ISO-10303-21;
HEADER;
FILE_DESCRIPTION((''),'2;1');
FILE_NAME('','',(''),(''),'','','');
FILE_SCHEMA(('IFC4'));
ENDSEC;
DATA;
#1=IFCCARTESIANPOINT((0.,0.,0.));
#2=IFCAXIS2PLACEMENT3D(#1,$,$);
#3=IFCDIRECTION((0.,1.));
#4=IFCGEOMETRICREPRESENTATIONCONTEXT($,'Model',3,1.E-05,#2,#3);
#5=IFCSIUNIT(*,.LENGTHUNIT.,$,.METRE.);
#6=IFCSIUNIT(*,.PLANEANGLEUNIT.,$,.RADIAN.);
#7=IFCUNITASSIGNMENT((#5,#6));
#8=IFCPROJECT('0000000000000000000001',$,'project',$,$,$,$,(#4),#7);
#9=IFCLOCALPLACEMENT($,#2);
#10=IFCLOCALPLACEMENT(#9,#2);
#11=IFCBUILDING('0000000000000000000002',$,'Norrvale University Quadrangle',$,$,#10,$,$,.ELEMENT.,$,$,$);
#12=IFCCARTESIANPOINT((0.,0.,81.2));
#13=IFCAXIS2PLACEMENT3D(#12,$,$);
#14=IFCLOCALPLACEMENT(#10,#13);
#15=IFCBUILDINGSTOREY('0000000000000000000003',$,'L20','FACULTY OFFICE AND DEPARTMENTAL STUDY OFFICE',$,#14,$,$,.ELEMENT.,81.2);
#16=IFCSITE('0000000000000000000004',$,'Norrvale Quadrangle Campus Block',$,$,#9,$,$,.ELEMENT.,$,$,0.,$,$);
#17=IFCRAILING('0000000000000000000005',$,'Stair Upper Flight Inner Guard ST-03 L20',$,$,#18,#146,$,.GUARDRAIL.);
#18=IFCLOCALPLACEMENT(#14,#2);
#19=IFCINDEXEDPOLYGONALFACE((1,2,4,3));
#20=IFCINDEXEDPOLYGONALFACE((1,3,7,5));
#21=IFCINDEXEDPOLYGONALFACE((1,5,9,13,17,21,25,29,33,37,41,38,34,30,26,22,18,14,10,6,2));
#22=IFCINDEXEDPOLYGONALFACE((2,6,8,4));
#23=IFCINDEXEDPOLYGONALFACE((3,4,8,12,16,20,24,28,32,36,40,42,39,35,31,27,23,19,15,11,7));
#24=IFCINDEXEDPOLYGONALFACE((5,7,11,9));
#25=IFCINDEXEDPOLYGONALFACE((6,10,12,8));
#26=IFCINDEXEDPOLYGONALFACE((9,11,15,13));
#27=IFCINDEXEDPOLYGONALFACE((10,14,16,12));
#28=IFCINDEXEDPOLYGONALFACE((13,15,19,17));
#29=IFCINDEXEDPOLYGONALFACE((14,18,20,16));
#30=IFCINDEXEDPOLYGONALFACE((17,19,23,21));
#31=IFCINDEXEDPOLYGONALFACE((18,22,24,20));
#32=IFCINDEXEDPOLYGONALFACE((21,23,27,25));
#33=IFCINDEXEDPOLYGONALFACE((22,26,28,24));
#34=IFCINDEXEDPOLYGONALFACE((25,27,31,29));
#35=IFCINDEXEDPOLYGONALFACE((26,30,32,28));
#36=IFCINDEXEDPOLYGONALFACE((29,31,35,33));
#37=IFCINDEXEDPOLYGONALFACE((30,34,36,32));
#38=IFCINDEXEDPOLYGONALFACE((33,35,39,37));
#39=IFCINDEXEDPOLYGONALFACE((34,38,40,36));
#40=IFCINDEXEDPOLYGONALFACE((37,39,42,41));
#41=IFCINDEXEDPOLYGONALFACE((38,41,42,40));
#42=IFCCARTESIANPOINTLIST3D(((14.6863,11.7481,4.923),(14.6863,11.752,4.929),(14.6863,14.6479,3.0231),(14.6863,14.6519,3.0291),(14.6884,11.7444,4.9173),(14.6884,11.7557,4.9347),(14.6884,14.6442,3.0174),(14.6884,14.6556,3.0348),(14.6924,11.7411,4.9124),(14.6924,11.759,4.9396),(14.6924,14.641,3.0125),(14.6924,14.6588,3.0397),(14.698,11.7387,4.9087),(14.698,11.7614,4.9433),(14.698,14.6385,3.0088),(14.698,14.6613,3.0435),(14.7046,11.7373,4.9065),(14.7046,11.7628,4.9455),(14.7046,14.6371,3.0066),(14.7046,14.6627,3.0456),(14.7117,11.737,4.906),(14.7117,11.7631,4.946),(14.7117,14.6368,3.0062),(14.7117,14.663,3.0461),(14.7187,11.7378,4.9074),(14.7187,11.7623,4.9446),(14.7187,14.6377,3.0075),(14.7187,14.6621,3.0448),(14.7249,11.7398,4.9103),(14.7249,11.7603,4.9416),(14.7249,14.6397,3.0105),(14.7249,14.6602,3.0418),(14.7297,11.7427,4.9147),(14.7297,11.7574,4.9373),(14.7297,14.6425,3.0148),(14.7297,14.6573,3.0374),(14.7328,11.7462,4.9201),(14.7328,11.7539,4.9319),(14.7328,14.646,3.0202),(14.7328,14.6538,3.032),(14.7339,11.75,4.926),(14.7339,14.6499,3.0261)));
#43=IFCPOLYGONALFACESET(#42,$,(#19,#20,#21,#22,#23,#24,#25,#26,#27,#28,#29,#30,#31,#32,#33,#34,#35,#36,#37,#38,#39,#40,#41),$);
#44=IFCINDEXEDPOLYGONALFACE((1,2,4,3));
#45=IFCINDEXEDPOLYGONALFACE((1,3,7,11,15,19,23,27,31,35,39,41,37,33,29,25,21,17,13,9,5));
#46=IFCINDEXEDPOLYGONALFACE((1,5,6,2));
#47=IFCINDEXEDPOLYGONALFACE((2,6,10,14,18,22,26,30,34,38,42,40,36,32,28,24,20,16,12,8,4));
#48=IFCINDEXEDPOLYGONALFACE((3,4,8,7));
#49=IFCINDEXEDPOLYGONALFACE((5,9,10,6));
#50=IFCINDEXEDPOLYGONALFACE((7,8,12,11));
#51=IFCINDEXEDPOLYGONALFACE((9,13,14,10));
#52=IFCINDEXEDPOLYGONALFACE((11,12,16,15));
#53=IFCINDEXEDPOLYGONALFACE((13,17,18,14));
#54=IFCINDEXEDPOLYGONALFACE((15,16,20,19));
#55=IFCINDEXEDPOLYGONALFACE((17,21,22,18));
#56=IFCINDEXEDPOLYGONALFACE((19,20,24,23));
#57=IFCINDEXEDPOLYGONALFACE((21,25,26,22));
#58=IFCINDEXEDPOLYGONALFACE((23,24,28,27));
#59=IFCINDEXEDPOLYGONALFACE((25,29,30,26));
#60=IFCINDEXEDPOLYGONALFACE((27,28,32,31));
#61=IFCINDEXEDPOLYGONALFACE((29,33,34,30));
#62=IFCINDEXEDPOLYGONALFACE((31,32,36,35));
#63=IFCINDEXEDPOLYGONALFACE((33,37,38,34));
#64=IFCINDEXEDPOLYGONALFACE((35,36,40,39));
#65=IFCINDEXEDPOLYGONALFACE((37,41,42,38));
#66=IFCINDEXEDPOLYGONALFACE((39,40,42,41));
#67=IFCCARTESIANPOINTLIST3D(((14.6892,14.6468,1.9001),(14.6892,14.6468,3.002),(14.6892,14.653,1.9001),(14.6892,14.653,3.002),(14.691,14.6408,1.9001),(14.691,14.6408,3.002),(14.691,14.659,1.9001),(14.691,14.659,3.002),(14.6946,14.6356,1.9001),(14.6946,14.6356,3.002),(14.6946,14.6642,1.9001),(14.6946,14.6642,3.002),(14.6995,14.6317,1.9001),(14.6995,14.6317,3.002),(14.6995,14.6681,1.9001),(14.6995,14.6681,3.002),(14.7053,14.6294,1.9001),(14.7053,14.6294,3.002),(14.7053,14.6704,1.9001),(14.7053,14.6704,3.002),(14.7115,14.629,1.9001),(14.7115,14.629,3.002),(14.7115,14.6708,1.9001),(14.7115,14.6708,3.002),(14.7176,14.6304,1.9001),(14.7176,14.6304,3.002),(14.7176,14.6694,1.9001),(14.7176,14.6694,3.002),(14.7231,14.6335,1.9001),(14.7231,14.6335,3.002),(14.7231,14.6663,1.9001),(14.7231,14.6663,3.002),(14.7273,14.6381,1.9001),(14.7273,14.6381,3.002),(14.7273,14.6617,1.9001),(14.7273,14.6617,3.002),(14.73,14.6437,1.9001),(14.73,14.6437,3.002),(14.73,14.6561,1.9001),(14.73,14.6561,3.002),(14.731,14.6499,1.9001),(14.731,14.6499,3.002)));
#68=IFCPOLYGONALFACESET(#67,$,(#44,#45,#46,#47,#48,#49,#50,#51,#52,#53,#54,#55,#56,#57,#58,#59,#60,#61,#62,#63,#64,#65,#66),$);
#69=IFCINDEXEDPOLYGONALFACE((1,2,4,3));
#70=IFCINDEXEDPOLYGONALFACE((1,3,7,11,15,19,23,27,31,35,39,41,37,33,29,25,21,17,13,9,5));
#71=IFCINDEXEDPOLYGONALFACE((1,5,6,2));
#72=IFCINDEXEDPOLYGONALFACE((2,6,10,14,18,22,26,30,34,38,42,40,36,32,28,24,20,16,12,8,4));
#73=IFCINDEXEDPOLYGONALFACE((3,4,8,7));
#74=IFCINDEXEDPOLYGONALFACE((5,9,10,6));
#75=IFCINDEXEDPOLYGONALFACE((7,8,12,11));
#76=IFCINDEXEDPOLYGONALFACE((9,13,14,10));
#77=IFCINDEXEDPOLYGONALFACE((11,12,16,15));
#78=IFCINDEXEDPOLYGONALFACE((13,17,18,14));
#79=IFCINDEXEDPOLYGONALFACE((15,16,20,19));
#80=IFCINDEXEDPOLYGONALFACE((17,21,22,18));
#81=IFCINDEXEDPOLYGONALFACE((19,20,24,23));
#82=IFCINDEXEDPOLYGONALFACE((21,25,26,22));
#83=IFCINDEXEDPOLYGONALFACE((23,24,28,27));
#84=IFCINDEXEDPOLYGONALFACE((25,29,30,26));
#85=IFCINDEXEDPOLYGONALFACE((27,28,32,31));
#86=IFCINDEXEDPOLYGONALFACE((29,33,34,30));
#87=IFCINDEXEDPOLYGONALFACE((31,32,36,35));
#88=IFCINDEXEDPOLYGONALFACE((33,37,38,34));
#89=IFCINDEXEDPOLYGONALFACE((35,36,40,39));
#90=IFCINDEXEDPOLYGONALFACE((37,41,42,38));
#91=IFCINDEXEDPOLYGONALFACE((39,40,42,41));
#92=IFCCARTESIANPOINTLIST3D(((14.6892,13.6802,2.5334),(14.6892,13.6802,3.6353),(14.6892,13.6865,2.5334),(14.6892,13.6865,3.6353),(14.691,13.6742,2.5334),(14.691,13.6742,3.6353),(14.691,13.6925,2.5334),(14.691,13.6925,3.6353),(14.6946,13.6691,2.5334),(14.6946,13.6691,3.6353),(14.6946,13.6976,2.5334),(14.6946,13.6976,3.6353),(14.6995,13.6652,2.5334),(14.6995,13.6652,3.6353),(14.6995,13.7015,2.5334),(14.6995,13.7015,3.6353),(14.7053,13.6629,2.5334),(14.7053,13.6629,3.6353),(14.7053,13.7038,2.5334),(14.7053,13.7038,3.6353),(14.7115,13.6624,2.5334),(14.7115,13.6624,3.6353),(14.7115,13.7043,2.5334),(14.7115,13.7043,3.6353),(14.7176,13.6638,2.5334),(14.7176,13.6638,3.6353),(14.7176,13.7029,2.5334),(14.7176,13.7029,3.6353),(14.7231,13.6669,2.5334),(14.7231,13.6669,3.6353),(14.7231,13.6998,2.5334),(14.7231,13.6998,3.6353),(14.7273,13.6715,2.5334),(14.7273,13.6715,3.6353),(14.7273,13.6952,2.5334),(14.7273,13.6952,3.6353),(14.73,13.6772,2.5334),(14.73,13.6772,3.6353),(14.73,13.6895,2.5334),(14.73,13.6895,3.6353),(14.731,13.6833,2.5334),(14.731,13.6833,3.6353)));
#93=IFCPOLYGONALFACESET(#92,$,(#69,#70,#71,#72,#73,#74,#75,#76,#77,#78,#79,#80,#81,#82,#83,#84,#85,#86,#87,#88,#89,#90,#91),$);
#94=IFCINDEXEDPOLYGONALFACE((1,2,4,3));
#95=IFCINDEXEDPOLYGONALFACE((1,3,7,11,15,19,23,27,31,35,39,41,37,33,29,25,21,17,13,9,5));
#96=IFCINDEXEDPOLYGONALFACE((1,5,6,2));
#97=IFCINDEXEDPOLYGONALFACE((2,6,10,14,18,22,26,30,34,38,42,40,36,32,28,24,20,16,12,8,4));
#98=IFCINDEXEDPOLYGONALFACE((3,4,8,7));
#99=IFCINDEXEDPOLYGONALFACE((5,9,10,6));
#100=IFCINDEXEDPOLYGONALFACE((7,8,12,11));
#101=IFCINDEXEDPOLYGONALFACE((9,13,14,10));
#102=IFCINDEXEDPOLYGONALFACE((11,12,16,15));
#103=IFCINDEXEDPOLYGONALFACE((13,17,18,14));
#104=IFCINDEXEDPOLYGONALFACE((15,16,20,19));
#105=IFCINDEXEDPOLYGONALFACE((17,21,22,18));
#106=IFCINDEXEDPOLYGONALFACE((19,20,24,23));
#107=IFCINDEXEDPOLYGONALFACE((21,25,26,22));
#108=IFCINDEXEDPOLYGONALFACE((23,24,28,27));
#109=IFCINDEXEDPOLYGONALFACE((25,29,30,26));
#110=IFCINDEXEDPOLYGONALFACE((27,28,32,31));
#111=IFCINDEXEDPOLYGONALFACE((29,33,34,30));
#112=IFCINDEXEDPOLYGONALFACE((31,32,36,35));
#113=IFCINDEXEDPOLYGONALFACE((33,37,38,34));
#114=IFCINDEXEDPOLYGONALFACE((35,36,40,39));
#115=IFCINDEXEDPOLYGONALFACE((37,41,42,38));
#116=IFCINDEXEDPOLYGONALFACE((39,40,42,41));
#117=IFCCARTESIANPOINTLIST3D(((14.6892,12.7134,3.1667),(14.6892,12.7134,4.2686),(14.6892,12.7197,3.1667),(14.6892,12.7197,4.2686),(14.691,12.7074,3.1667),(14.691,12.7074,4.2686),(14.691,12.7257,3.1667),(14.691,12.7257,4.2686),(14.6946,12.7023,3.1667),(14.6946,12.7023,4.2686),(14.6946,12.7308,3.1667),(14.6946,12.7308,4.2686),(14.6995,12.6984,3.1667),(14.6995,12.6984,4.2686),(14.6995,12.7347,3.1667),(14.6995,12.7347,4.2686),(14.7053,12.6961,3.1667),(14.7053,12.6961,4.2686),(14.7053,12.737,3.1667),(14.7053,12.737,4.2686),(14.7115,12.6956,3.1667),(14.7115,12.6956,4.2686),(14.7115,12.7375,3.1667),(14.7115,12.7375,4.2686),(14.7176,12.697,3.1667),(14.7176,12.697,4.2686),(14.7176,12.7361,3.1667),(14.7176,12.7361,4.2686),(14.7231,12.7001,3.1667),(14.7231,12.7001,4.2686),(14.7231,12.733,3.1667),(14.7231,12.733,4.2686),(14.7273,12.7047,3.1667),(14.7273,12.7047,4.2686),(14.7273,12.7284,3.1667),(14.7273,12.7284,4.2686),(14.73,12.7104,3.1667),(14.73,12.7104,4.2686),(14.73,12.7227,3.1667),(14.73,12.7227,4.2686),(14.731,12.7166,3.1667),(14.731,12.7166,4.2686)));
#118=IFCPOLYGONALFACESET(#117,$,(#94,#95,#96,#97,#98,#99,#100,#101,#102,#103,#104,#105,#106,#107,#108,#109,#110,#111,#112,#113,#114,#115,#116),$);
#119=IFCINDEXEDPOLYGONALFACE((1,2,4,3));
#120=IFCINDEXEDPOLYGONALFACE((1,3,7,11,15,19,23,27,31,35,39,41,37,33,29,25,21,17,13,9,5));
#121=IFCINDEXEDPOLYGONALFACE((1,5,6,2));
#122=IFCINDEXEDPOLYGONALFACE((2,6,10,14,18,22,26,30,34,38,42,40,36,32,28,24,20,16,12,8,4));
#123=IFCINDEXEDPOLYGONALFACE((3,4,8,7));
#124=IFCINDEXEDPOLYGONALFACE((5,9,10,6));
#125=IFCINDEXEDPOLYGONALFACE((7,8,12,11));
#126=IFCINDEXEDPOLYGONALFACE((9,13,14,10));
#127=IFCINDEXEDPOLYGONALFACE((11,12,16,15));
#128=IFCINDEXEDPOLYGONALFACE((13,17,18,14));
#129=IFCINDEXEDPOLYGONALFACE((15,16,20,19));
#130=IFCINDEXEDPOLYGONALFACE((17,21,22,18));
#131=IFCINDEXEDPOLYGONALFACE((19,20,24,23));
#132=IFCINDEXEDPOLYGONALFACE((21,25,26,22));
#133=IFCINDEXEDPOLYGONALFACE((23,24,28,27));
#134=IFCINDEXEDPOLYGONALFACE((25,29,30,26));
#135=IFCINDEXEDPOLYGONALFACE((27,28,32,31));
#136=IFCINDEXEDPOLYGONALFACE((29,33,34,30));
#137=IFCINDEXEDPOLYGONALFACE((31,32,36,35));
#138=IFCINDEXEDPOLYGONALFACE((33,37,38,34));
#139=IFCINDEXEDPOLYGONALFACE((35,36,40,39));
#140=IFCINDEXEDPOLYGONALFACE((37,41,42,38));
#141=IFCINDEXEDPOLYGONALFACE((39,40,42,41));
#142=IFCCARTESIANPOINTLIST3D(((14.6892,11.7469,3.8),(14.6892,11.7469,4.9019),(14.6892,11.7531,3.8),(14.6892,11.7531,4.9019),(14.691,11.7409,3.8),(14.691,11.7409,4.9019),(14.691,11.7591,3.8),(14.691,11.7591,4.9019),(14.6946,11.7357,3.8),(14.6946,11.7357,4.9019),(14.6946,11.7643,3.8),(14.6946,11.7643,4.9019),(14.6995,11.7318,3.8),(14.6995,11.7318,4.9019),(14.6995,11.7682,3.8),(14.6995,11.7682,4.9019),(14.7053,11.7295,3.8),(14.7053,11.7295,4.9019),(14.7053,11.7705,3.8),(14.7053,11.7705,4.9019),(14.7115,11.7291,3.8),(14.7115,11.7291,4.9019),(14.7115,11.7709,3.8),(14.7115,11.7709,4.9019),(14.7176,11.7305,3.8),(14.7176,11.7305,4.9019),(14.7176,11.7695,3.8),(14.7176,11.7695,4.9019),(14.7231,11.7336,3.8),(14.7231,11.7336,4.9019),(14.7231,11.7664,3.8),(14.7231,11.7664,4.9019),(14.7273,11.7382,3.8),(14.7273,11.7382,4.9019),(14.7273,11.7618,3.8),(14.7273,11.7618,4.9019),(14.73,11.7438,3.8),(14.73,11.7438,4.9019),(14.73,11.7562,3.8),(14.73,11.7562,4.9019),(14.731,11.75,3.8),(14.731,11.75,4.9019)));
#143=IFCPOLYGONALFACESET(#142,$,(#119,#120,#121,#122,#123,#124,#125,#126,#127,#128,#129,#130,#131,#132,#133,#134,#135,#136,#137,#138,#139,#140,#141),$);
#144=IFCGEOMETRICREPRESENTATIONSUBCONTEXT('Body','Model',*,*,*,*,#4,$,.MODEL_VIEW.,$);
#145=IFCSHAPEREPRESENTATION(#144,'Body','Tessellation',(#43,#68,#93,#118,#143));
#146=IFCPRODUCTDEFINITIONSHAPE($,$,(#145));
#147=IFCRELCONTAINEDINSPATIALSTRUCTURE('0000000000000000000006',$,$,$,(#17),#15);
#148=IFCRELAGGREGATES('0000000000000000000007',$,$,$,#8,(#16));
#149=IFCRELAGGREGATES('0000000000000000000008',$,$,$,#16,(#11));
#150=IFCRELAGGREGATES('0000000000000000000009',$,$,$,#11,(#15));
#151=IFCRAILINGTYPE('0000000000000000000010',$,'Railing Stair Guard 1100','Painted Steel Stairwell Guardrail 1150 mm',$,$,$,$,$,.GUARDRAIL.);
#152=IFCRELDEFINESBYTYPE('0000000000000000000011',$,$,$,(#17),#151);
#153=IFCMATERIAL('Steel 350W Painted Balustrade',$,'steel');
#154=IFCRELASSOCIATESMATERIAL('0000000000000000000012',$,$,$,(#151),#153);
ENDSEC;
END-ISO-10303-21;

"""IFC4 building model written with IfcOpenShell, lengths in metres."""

from ifc_helpers import new_model, si_unit, direction, frame, origin, origin_2d, place, context, subcontext, project, spatial, circle, extrude, material, type_object, element, save


model = new_model("IFC4")

# Units and contexts
model_context = context("Model", 3, precision=1e-05, world=origin(), true_north=direction((0.0, 1.0)))
body_context = subcontext(model_context, "Body", "Model", "MODEL_VIEW")
ifc_project = project(units=[si_unit("LENGTHUNIT", "METRE"), si_unit("PLANEANGLEUNIT", "RADIAN")], contexts=[model_context])

# Site, building, storey
site_placement = place(None, origin())
site = spatial("IfcSite", under=ifc_project, at=site_placement, Name="Norrvale Quadrangle Campus Block", CompositionType="ELEMENT", RefElevation=0.0)
building_placement = place(site_placement, origin())
building = spatial("IfcBuilding", under=site, at=building_placement, Name="Norrvale University Quadrangle", CompositionType="ELEMENT")
storey_placement = place(building_placement, frame((0.0, 0.0, 81.2)))
storey = spatial("IfcBuildingStorey", under=building, at=storey_placement, Name="L20", Description="FACULTY OFFICE AND DEPARTMENTAL STUDY OFFICE", CompositionType="ELEMENT", Elevation=81.2)

# Railing
ifc_material_1 = material(Name="Steel 350W Painted Balustrade", Category="steel")
railing_type_1 = type_object("IfcRailingType", Name="Railing Stair Guard 1100", Description="Painted Steel Stairwell Guardrail 1150 mm", PredefinedType="GUARDRAIL", material=ifc_material_1)
railing_1_placement = place(storey_placement, frame((14.71, 14.6499, 1.9001)))
element("IfcRailing", 1, at=railing_1_placement, inside=storey, type_object=railing_type_1, Name="Stair Upper Flight Inner Guard ST-03 L20", PredefinedType="GUARDRAIL", context=body_context, shape_type="SweptSolid", body=[
    extrude(circle(Radius=0.0239, at=origin_2d()), frame((0.0, 0.0, 1.126), z_axis=(0.0, -0.836466, 0.548019), x_axis=(1.0, 0.0, 0.0)), (0.0, 0.0, 1.0), 3.4668),
    extrude(circle(Radius=0.021, at=origin_2d()), origin(), (0.0, 0.0, 1.0), 1.1018),
    extrude(circle(Radius=0.021, at=origin_2d()), frame((0.0, -0.9666, 0.6333)), (0.0, 0.0, 1.0), 1.1018),
    extrude(circle(Radius=0.021, at=origin_2d()), frame((0.0, -1.9333, 1.2666)), (0.0, 0.0, 1.0), 1.1018),
    extrude(circle(Radius=0.021, at=origin_2d()), frame((0.0, -2.8999, 1.8999)), (0.0, 0.0, 1.0), 1.1018),
])

save(model, "model.ifc")
